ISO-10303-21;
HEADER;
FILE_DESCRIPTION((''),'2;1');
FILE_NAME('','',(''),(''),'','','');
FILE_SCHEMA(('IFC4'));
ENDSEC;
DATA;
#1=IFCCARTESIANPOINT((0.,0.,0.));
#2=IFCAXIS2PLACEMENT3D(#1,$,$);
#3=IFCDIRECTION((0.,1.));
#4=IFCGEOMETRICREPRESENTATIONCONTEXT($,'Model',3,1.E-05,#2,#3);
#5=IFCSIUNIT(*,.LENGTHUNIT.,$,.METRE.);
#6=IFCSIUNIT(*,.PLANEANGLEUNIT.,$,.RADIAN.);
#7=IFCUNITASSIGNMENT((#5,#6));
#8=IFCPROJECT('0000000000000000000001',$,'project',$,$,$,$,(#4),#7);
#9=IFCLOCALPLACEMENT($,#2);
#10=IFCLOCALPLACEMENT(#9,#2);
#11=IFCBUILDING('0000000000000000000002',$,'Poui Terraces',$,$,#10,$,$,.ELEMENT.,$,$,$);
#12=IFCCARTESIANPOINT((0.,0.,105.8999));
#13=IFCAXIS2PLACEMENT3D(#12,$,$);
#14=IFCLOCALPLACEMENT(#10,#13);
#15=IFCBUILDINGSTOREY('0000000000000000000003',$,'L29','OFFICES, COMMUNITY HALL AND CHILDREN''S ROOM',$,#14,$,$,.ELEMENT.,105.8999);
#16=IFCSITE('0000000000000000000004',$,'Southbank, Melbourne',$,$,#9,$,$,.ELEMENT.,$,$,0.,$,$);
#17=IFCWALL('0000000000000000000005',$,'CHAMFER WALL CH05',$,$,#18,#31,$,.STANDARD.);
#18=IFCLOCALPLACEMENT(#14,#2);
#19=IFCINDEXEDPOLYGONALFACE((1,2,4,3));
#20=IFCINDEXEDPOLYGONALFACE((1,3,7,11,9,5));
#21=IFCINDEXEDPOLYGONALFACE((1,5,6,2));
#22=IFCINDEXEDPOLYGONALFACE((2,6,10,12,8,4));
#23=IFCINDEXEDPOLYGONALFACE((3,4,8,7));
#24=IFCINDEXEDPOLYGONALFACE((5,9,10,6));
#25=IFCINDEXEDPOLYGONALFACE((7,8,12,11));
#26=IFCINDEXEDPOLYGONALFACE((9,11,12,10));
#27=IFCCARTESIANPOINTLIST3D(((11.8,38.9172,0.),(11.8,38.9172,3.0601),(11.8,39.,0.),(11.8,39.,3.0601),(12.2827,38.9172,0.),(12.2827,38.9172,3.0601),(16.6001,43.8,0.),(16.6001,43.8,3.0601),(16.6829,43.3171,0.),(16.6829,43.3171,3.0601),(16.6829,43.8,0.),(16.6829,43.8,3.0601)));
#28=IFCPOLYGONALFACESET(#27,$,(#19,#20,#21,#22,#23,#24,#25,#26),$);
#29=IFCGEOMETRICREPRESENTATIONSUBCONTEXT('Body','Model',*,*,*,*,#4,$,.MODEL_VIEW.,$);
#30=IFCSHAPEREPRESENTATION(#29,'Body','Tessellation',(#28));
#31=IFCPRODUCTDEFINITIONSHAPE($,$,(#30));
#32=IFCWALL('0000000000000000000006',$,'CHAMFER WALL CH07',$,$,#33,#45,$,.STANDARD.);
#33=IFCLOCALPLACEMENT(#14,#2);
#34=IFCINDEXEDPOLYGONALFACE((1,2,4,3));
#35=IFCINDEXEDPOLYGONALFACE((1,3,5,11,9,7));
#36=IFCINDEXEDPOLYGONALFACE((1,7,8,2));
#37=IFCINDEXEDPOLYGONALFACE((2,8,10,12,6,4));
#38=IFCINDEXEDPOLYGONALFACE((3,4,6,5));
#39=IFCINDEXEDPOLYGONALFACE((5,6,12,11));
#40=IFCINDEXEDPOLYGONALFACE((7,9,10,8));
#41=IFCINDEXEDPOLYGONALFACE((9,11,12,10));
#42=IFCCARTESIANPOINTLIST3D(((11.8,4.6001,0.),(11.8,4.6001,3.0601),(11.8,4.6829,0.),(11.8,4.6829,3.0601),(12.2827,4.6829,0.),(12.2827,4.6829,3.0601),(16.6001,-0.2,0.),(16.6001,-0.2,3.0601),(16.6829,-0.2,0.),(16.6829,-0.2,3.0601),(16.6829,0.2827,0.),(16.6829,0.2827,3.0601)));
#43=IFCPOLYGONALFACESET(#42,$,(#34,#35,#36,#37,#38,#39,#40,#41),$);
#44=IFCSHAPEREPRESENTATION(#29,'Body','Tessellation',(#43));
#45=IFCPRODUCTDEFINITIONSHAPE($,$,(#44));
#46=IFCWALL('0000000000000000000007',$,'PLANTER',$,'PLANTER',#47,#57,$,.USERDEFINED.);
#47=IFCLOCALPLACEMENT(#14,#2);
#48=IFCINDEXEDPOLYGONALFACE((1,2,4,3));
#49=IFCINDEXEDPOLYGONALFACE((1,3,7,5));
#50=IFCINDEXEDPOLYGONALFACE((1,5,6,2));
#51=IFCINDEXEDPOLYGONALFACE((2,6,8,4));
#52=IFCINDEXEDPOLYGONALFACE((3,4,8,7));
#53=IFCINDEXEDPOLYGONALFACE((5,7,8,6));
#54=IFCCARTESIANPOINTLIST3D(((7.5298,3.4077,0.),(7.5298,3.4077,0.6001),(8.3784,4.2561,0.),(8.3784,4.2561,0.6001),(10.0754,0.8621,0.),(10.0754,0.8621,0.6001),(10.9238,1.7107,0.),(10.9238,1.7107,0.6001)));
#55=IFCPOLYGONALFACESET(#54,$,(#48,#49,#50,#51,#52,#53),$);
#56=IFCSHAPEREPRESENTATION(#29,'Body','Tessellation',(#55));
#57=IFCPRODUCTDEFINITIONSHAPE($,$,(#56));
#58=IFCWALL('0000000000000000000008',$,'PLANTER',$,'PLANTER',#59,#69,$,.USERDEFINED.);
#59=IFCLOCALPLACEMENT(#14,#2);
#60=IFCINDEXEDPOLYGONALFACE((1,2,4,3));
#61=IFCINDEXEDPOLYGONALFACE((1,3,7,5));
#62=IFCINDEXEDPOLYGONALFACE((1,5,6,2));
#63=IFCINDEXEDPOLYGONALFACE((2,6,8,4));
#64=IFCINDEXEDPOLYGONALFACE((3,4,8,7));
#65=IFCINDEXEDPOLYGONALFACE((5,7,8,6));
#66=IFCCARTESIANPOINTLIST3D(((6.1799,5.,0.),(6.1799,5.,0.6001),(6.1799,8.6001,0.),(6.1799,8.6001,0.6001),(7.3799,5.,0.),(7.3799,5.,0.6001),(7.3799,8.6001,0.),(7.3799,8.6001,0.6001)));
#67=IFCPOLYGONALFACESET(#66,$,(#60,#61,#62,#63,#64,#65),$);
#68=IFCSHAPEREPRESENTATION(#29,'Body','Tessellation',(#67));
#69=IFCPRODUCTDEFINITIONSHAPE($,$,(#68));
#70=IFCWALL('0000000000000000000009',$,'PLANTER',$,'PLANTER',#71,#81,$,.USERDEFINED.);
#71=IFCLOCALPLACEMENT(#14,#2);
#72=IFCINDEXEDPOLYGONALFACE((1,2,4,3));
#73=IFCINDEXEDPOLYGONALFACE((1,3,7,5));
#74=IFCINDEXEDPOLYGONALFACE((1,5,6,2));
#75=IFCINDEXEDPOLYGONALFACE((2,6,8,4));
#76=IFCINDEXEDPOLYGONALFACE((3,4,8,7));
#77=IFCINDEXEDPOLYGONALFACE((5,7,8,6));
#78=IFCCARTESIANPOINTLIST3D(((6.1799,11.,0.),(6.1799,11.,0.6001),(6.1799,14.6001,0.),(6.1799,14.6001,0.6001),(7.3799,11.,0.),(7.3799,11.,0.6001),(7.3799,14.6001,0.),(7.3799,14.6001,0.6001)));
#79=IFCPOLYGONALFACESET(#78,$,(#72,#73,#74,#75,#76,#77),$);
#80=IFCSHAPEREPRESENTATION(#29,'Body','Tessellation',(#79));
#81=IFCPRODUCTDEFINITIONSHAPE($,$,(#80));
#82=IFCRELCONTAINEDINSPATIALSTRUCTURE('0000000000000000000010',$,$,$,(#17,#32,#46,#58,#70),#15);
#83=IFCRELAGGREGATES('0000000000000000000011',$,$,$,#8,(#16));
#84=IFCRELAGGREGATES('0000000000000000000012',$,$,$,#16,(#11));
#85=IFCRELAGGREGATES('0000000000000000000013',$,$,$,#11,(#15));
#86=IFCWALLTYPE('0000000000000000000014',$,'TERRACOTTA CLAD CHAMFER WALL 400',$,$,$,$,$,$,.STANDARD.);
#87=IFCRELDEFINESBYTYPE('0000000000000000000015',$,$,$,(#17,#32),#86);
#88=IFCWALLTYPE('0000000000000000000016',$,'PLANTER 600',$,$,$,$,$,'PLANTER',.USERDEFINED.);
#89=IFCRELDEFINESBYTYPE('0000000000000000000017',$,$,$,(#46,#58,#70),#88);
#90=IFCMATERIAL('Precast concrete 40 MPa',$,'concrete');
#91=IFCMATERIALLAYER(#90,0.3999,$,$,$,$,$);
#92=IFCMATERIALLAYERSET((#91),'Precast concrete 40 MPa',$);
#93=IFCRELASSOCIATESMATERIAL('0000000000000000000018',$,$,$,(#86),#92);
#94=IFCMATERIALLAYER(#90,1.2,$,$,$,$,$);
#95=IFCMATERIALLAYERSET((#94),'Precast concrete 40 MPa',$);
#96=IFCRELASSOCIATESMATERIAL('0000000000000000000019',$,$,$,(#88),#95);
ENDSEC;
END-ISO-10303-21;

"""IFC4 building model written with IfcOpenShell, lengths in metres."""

from ifc_helpers import new_model, si_unit, direction, frame, origin, place, context, subcontext, project, spatial, polyline, outline, extrude, source, transform, mapped, material, layer, layer_set, type_object, element, save


model = new_model("IFC4")

# Units and contexts
model_context = context("Model", 3, precision=1e-05, world=origin(), true_north=direction((0.0, 1.0)))
body_context = subcontext(model_context, "Body", "Model", "MODEL_VIEW")
ifc_project = project(units=[si_unit("LENGTHUNIT", "METRE"), si_unit("PLANEANGLEUNIT", "RADIAN")], contexts=[model_context])

# Site, building, storey
site_placement = place(None, origin())
site = spatial("IfcSite", under=ifc_project, at=site_placement, Name="Southbank, Melbourne", CompositionType="ELEMENT", RefElevation=0.0)
building_placement = place(site_placement, origin())
building = spatial("IfcBuilding", under=site, at=building_placement, Name="Poui Terraces", CompositionType="ELEMENT")
storey_placement = place(building_placement, frame((0.0, 0.0, 105.8999)))
storey = spatial("IfcBuildingStorey", under=building, at=storey_placement, Name="L29", Description="OFFICES, COMMUNITY HALL AND CHILDREN'S ROOM", CompositionType="ELEMENT", Elevation=105.8999)

# Walls
ifc_material_1 = material(Name="Precast concrete 40 MPa", Category="concrete")
ifc_layer_1 = layer(ifc_material_1, 0.3999)
ifc_layer_set_1 = layer_set([ifc_layer_1], Name="Precast concrete 40 MPa")
wall_type_1 = type_object("IfcWallType", Name="TERRACOTTA CLAD CHAMFER WALL 400", PredefinedType="STANDARD", material=ifc_layer_set_1)
wall_1_placement = place(storey_placement, origin())
element("IfcWall", 1, at=wall_1_placement, inside=storey, type_object=wall_type_1, Name="CHAMFER WALL CH05", PredefinedType="STANDARD", context=body_context, shape_type="SweptSolid", body=[
    extrude(outline(polyline([(16.6829, 43.8), (16.6001, 43.8), (11.8, 39.0), (11.8, 38.9172), (12.2827, 38.9172), (16.6829, 43.3171), (16.6829, 43.8)])), origin(), (0.0, 0.0, 1.0), 3.0601),
])
wall_2_placement = place(storey_placement, origin())
element("IfcWall", 2, at=wall_2_placement, inside=storey, type_object=wall_type_1, Name="CHAMFER WALL CH07", PredefinedType="STANDARD", context=body_context, shape_type="SweptSolid", body=[
    extrude(outline(polyline([(11.8, 4.6829), (11.8, 4.6001), (16.6001, -0.2), (16.6829, -0.2), (16.6829, 0.2827), (12.2827, 4.6829), (11.8, 4.6829)])), origin(), (0.0, 0.0, 1.0), 3.0601),
])
ifc_layer_2 = layer(ifc_material_1, 1.2)
ifc_layer_set_2 = layer_set([ifc_layer_2], Name="Precast concrete 40 MPa")
wall_type_2 = type_object("IfcWallType", Name="PLANTER 600", ElementType="PLANTER", PredefinedType="USERDEFINED", material=ifc_layer_set_2)
shared_shape_1 = source(origin(), body_context, "Body", "SweptSolid", [
    extrude(outline(polyline([(0.0, 0.0), (2.5457, -2.5457), (3.394, -1.697), (0.8486, 0.8484), (0.0, 0.0)])), origin(), (0.0, 0.0, 1.0), 0.6001),
])
wall_3_placement = place(storey_placement, frame((7.5298, 3.4077, 0.0)))
element("IfcWall", 3, at=wall_3_placement, inside=storey, type_object=wall_type_2, Name="PLANTER", ObjectType="PLANTER", PredefinedType="USERDEFINED", context=body_context, shape_type="MappedRepresentation", body=[
    mapped(shared_shape_1, transform((0.0, 0.0, 0.0))),
])
shared_shape_2 = source(origin(), body_context, "Body", "SweptSolid", [
    extrude(outline(polyline([(0.0, 0.0), (1.2, 0.0), (1.2, 3.6001), (0.0, 3.6001), (0.0, 0.0)])), origin(), (0.0, 0.0, 1.0), 0.6001),
])
for number, where, name in (
    (4, (6.1799, 5.0, 0.0), "PLANTER"),
    (5, (6.1799, 11.0, 0.0), "PLANTER"),
):
    element("IfcWall", number, at=place(storey_placement, frame(where)), inside=storey, type_object=wall_type_2, Name=name, ObjectType="PLANTER", PredefinedType="USERDEFINED", context=body_context, shape_type="MappedRepresentation", body=[
        mapped(shared_shape_2, transform((0.0, 0.0, 0.0))),
    ])

save(model, "model.ifc")
